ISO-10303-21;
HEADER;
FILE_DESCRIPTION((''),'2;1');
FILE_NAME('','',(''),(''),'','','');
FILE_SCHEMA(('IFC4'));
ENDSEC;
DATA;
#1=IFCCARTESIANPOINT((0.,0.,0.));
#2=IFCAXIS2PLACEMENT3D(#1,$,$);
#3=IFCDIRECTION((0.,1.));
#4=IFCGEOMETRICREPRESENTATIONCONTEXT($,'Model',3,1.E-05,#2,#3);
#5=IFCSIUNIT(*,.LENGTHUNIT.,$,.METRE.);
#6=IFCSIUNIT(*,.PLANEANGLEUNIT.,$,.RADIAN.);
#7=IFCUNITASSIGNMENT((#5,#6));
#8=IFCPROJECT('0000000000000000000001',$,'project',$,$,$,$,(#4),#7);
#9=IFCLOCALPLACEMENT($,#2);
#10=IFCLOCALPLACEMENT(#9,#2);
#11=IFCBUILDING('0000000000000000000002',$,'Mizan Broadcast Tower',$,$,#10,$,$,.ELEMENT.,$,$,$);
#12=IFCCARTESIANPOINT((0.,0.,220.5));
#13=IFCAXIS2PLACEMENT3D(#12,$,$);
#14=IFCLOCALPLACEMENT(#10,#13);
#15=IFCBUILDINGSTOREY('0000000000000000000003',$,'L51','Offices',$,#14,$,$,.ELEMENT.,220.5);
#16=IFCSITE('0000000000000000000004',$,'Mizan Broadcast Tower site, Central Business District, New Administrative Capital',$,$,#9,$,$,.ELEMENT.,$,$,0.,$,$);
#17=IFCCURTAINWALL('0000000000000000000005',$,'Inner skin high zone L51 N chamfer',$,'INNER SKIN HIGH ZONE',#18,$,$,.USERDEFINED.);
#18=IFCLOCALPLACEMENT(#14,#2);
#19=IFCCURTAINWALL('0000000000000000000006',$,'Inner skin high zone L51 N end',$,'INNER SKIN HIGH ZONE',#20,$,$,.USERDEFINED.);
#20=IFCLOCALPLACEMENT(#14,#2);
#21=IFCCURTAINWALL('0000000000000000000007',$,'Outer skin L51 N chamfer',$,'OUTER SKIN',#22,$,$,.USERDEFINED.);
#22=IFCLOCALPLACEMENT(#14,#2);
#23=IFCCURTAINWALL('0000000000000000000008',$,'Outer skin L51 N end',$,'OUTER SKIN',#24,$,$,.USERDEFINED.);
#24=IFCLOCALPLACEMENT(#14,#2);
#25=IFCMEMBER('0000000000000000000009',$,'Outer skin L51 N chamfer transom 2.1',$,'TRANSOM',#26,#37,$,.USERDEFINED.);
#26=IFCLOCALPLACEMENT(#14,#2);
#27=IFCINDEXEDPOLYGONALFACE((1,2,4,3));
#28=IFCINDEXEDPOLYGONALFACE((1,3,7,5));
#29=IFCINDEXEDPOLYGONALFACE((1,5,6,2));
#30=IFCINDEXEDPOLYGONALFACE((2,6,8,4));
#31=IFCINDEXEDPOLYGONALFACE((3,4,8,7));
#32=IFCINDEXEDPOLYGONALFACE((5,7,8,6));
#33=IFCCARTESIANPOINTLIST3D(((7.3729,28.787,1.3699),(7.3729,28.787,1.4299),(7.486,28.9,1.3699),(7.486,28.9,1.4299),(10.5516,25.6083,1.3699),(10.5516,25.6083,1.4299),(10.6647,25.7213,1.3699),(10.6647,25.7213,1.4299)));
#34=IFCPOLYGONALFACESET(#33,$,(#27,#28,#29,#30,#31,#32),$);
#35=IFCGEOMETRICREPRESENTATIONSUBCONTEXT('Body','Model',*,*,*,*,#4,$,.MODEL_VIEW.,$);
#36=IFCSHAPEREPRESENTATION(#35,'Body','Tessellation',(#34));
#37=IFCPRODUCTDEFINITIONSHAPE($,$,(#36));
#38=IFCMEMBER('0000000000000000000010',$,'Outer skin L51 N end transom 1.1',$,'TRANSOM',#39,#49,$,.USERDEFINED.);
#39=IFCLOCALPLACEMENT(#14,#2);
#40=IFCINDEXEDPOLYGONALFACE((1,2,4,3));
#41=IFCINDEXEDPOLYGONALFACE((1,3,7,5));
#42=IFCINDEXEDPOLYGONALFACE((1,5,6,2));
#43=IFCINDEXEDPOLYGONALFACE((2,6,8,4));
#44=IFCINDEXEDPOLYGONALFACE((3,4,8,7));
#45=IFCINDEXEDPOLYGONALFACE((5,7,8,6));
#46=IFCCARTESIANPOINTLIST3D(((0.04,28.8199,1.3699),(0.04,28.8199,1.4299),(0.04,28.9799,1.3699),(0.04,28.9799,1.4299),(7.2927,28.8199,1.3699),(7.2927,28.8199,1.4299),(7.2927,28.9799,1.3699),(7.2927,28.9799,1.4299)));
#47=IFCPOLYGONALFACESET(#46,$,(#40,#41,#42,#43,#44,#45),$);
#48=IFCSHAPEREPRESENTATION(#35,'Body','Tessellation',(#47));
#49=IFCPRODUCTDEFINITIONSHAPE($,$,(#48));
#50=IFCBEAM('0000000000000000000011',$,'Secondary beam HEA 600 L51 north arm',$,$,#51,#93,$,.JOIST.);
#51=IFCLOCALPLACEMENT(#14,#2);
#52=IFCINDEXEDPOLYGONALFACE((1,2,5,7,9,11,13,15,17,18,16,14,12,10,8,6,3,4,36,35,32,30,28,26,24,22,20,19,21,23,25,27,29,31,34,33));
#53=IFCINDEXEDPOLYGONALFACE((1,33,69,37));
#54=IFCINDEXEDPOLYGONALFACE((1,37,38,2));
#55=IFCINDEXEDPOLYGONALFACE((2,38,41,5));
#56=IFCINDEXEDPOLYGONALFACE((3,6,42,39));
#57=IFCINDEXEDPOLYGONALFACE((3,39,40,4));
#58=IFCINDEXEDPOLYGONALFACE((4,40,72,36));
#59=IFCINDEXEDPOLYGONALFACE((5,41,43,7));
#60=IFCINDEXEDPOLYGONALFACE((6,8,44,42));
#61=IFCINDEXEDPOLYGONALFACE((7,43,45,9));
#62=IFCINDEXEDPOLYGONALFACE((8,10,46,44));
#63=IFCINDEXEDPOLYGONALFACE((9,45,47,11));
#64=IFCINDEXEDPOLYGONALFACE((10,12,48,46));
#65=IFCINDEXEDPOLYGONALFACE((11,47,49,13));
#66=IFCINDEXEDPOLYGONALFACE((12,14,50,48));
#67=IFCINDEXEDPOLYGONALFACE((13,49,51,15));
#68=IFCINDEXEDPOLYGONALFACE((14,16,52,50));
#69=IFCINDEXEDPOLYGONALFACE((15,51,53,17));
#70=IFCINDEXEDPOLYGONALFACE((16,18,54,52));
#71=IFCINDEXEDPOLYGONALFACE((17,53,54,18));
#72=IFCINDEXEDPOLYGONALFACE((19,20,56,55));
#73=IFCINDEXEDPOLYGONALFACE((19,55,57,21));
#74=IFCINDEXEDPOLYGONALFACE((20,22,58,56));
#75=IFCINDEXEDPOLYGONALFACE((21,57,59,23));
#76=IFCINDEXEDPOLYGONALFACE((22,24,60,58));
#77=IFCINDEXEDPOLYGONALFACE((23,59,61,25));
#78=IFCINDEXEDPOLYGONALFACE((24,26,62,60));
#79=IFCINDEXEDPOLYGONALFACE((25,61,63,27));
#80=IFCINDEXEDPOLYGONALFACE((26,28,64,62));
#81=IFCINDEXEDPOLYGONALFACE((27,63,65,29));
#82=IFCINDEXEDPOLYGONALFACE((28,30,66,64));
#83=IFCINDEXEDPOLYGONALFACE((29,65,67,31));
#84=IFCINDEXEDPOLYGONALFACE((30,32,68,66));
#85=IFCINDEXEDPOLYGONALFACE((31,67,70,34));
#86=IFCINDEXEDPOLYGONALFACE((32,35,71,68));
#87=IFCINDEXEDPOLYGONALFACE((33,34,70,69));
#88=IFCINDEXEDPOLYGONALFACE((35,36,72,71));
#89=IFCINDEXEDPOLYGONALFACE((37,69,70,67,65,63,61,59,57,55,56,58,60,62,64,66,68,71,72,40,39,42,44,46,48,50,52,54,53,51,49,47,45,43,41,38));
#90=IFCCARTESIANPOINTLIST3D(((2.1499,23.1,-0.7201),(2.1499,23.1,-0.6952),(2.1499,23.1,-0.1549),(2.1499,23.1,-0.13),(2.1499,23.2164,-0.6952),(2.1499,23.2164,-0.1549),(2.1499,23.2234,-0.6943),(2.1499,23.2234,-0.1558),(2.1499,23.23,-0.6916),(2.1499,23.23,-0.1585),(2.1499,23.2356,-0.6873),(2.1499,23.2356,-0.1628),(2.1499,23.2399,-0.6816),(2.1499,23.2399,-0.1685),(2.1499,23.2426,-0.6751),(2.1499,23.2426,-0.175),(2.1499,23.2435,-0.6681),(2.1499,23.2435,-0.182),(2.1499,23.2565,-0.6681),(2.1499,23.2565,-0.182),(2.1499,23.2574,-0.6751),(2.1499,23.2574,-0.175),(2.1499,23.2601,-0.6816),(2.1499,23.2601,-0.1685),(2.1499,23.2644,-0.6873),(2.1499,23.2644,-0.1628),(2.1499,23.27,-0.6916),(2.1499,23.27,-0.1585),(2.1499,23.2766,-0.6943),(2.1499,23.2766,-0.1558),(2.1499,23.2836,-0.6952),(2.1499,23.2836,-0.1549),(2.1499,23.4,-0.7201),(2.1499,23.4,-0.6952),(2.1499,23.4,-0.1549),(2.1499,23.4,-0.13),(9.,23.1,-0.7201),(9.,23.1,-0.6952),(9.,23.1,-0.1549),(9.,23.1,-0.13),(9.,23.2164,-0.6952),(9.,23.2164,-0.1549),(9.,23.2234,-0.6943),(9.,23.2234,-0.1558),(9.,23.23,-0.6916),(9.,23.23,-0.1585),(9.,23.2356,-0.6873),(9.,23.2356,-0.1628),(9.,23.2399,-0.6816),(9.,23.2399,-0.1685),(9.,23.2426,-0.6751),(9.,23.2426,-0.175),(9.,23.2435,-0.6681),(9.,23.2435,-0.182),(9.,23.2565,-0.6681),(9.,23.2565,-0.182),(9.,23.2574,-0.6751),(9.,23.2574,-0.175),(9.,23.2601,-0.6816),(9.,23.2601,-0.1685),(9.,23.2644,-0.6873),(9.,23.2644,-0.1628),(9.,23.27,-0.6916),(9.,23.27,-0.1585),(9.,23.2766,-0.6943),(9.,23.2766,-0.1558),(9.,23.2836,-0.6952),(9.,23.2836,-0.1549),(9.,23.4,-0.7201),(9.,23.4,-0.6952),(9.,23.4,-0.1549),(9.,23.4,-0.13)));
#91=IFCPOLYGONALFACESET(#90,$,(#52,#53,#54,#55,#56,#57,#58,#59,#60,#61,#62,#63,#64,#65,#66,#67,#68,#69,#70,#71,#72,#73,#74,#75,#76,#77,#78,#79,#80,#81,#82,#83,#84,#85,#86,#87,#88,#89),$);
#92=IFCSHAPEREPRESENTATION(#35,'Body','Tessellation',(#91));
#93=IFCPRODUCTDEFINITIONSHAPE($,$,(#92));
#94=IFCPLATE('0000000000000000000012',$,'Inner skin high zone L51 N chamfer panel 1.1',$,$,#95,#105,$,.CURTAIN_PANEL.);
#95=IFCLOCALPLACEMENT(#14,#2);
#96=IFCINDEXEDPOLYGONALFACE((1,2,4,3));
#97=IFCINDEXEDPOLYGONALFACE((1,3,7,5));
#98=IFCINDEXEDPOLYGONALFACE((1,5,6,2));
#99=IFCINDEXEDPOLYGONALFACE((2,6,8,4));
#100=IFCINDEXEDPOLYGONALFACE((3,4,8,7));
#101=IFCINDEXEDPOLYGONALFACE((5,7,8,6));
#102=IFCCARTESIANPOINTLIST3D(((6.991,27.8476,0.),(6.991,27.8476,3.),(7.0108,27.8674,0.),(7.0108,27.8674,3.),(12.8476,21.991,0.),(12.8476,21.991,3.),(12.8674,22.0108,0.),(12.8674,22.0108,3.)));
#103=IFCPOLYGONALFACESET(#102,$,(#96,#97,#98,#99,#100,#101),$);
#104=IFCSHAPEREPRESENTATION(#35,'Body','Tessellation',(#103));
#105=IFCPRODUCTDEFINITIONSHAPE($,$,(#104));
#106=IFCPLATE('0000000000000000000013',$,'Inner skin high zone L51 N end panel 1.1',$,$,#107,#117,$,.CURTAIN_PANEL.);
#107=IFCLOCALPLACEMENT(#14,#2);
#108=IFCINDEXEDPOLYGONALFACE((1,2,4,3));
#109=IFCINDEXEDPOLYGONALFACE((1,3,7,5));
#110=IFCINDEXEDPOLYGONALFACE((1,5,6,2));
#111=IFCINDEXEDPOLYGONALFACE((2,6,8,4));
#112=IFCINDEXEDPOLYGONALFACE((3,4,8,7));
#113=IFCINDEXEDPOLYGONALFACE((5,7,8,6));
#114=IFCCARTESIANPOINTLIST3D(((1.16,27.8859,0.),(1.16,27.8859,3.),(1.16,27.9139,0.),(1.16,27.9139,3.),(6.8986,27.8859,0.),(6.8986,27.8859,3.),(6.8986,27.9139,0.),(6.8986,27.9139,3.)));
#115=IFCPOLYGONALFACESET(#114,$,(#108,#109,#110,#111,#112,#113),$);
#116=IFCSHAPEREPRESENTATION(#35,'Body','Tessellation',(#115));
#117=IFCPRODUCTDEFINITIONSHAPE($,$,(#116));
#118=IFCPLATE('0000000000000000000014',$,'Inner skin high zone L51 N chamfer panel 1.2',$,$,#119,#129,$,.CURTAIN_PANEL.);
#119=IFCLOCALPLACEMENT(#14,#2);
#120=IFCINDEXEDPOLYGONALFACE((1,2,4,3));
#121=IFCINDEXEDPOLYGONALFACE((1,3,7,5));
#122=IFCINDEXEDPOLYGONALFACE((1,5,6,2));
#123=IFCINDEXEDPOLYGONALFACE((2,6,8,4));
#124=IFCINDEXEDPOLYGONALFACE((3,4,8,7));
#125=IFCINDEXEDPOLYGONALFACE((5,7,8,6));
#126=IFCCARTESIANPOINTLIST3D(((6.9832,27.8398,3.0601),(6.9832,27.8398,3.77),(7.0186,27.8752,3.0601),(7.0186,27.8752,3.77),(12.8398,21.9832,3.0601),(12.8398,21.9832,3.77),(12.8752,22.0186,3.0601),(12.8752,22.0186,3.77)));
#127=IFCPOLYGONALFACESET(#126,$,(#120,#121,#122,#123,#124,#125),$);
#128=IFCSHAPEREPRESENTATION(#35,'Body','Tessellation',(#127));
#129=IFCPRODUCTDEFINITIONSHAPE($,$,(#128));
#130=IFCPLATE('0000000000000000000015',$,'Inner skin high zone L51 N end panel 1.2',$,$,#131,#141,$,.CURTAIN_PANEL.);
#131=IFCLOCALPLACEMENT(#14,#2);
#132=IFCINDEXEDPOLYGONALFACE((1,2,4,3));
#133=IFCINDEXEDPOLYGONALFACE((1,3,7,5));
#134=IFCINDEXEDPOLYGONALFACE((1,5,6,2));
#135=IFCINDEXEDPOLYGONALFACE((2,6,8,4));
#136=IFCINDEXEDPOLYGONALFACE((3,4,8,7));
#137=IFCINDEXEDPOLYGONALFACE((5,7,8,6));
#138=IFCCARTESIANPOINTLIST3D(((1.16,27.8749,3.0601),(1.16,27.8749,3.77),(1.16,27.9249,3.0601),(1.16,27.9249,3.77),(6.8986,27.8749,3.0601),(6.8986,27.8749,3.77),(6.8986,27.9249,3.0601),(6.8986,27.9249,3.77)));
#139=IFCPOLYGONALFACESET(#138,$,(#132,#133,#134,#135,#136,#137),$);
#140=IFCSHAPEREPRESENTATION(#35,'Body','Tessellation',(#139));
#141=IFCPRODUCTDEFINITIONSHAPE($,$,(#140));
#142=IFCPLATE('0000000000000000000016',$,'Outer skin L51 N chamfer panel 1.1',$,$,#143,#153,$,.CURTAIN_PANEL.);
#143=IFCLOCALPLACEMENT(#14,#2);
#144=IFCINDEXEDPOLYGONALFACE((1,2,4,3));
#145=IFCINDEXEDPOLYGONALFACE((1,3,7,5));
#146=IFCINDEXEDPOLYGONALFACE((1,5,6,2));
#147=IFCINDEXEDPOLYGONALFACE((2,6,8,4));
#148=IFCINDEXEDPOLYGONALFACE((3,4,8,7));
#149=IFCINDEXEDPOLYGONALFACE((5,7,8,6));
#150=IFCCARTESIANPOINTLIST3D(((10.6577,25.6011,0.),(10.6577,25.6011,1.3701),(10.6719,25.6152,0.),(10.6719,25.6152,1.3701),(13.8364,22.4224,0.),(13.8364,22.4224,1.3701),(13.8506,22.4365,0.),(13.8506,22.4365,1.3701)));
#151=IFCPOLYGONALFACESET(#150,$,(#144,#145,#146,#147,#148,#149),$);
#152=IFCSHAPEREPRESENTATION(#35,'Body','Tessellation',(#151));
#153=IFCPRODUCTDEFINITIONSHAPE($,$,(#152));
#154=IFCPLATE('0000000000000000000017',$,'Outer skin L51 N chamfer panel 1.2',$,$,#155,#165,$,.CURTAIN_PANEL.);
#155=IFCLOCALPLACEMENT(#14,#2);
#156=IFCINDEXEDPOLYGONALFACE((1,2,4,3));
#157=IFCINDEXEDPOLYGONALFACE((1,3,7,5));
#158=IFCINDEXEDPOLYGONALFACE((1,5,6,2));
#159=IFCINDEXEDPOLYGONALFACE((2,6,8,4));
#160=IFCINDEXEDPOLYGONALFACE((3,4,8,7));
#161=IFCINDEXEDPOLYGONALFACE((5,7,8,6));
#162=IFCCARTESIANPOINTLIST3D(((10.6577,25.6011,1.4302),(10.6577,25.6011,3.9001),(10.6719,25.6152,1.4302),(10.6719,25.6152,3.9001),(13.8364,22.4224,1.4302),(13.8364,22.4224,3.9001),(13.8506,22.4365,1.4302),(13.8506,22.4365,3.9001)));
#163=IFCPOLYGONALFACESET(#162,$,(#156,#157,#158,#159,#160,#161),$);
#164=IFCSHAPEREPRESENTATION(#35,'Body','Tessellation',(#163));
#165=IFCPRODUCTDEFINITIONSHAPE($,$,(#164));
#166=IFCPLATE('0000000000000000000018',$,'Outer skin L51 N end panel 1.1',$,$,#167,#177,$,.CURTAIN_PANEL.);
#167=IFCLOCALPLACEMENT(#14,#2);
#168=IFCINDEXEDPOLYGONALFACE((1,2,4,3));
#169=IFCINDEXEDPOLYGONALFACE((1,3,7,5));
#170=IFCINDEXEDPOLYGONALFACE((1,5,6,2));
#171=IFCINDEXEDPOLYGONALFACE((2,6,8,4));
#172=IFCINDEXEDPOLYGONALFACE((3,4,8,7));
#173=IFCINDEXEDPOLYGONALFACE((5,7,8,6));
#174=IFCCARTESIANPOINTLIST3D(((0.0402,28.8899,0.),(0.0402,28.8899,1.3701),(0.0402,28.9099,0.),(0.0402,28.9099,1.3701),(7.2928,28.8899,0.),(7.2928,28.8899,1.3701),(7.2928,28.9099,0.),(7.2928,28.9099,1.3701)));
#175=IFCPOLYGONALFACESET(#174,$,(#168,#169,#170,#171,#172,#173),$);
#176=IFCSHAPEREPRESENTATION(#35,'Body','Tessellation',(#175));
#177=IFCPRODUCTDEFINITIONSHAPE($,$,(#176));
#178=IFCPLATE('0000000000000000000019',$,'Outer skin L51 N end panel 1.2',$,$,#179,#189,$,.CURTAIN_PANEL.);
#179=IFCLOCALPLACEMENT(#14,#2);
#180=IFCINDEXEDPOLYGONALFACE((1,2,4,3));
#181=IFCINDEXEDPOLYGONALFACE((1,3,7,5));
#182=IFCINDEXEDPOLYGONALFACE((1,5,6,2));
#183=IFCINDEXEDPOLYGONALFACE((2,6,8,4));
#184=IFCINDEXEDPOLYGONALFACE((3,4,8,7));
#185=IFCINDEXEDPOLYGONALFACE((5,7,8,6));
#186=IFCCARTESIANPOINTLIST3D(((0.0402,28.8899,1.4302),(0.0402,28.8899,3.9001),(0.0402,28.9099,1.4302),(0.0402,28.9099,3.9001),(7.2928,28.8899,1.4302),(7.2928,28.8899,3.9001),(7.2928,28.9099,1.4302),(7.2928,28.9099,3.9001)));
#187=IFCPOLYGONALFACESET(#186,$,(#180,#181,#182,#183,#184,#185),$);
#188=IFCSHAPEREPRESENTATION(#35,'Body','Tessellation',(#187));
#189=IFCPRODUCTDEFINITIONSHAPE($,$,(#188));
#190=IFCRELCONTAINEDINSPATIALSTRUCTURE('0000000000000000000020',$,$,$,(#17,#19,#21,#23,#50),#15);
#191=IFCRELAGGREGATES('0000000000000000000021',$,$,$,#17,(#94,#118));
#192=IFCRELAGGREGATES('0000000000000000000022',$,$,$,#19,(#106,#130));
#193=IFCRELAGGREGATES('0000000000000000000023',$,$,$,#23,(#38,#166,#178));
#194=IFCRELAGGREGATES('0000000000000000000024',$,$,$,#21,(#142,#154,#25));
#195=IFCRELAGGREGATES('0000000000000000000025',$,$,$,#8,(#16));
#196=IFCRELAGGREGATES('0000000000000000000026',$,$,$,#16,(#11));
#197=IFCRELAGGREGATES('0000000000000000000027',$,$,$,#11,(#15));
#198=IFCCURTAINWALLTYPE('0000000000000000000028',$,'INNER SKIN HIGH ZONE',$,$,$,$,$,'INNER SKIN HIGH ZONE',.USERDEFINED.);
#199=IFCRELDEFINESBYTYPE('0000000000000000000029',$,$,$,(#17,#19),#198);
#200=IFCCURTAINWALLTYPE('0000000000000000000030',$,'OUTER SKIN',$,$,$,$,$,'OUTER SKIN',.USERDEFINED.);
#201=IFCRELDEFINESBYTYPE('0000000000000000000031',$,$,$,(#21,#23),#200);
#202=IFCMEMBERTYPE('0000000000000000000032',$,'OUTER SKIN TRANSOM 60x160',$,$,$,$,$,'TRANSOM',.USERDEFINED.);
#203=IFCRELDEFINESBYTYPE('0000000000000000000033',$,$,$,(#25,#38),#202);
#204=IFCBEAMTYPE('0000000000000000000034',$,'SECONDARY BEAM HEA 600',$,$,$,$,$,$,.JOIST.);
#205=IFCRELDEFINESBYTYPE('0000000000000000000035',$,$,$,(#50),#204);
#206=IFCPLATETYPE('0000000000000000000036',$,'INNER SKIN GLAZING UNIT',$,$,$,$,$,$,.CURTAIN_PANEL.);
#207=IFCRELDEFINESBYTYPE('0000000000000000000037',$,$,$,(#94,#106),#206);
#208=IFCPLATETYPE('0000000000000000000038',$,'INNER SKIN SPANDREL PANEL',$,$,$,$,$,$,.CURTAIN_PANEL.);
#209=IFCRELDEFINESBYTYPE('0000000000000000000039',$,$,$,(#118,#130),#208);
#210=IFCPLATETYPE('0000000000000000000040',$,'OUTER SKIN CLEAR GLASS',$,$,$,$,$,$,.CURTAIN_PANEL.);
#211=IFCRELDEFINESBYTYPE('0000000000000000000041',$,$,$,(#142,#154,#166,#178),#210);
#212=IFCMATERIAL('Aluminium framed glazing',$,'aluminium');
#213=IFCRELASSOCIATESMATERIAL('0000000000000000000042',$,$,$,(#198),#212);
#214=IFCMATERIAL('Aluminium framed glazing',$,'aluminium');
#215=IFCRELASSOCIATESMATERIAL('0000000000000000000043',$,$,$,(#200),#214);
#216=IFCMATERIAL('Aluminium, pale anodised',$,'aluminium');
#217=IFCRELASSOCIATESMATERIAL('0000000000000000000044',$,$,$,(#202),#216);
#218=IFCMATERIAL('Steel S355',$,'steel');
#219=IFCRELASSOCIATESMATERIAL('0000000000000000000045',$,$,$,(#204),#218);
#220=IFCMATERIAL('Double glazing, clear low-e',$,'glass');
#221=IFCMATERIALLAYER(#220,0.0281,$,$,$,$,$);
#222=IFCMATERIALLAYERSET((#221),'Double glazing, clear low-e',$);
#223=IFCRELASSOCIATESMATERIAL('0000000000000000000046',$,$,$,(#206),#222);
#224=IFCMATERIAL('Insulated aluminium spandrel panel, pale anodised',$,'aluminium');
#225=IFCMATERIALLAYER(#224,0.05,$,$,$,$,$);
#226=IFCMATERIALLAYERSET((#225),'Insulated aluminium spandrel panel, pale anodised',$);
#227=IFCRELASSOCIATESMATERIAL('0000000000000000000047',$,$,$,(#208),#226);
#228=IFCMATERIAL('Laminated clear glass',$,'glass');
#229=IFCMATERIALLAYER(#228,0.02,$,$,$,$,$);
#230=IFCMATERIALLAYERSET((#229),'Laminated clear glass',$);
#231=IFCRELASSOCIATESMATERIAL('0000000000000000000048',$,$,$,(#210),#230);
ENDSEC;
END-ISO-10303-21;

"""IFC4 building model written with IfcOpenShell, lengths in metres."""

from ifc_helpers import new_model, si_unit, direction, frame, origin, origin_2d, place, context, subcontext, project, spatial, rectangle, i_section, extrude, material, layer, layer_set, material_profile, profile_set, type_object, element, aggregate, save


model = new_model("IFC4")

# Units and contexts
model_context = context("Model", 3, precision=1e-05, world=origin(), true_north=direction((0.0, 1.0)))
body_context = subcontext(model_context, "Body", "Model", "MODEL_VIEW")
ifc_project = project(units=[si_unit("LENGTHUNIT", "METRE"), si_unit("PLANEANGLEUNIT", "RADIAN")], contexts=[model_context])

# Site, building, storey
site_placement = place(None, origin())
site = spatial("IfcSite", under=ifc_project, at=site_placement, Name="Mizan Broadcast Tower site, Central Business District, New Administrative Capital", CompositionType="ELEMENT", RefElevation=0.0)
building_placement = place(site_placement, origin())
building = spatial("IfcBuilding", under=site, at=building_placement, Name="Mizan Broadcast Tower", CompositionType="ELEMENT")
storey_placement = place(building_placement, frame((0.0, 0.0, 220.5)))
storey = spatial("IfcBuildingStorey", under=building, at=storey_placement, Name="L51", Description="Offices", CompositionType="ELEMENT", Elevation=220.5)

# Curtain walls
ifc_material_1 = material(Name="Aluminium framed glazing", Category="aluminium")
curtain_wall_type_1 = type_object("IfcCurtainWallType", Name="INNER SKIN HIGH ZONE", ElementType="INNER SKIN HIGH ZONE", PredefinedType="USERDEFINED", material=ifc_material_1)
curtain_wall_1_placement = place(storey_placement, origin())
curtain_wall_1 = element("IfcCurtainWall", 1, at=curtain_wall_1_placement, inside=storey, type_object=curtain_wall_type_1, Name="Inner skin high zone L51 N chamfer", ObjectType="INNER SKIN HIGH ZONE", PredefinedType="USERDEFINED")
curtain_wall_2_placement = place(storey_placement, origin())
curtain_wall_2 = element("IfcCurtainWall", 2, at=curtain_wall_2_placement, inside=storey, type_object=curtain_wall_type_1, Name="Inner skin high zone L51 N end", ObjectType="INNER SKIN HIGH ZONE", PredefinedType="USERDEFINED")

# Curtain wall
ifc_material_2 = material(Name="Aluminium framed glazing", Category="aluminium")
curtain_wall_type_2 = type_object("IfcCurtainWallType", Name="OUTER SKIN", ElementType="OUTER SKIN", PredefinedType="USERDEFINED", material=ifc_material_2)
curtain_wall_3_placement = place(storey_placement, origin())
curtain_wall_3 = element("IfcCurtainWall", 3, at=curtain_wall_3_placement, inside=storey, type_object=curtain_wall_type_2, Name="Outer skin L51 N chamfer", ObjectType="OUTER SKIN", PredefinedType="USERDEFINED")

# Curtain wall
curtain_wall_4_placement = place(storey_placement, origin())
curtain_wall_4 = element("IfcCurtainWall", 4, at=curtain_wall_4_placement, inside=storey, type_object=curtain_wall_type_2, Name="Outer skin L51 N end", ObjectType="OUTER SKIN", PredefinedType="USERDEFINED")

# Members
ifc_material_3 = material(Name="Aluminium, pale anodised", Category="aluminium")
ifc_material_profile_1 = material_profile(ifc_material_3, rectangle(XDim=0.1599, YDim=0.0601, at=origin_2d()), Name="TRANSOM 160x60")
ifc_profile_set_1 = profile_set([ifc_material_profile_1], Name="Aluminium, pale anodised")
member_type_1 = type_object("IfcMemberType", Name="OUTER SKIN TRANSOM 60x160", ElementType="TRANSOM", PredefinedType="USERDEFINED", material=ifc_profile_set_1)
member_1_placement = place(storey_placement, frame((10.6082, 25.6648, 1.3999), z_axis=(-0.707107, 0.707107, 0.0), x_axis=(-0.707107, -0.707107, 0.0)))
member_1 = element("IfcMember", 5, at=member_1_placement, type_object=member_type_1, Name="Outer skin L51 N chamfer transom 2.1", ObjectType="TRANSOM", PredefinedType="USERDEFINED", context=body_context, shape_type="SweptSolid", body=[
    extrude(rectangle(XDim=0.1599, YDim=0.0601, at=origin_2d()), origin(), (0.0, 0.0, 1.0), 4.4954),
])
member_2_placement = place(storey_placement, frame((7.2927, 28.8999, 1.3999), z_axis=(-1.0, 0.0, 0.0), x_axis=(0.0, -1.0, 0.0)))
member_2 = element("IfcMember", 6, at=member_2_placement, type_object=member_type_1, Name="Outer skin L51 N end transom 1.1", ObjectType="TRANSOM", PredefinedType="USERDEFINED", context=body_context, shape_type="SweptSolid", body=[
    extrude(rectangle(XDim=0.1599, YDim=0.0601, at=origin_2d()), origin(), (0.0, 0.0, 1.0), 7.2527),
])

# Beam
ifc_material_4 = material(Name="Steel S355", Category="steel")
ifc_material_profile_2 = material_profile(ifc_material_4, i_section(OverallWidth=0.3, OverallDepth=0.5901, WebThickness=0.0129, FlangeThickness=0.0249, FilletRadius=0.0271, at=origin_2d()), Name="HEA 600")
ifc_profile_set_2 = profile_set([ifc_material_profile_2], Name="Steel S355")
beam_type_1 = type_object("IfcBeamType", Name="SECONDARY BEAM HEA 600", PredefinedType="JOIST", material=ifc_profile_set_2)
beam_1_placement = place(storey_placement, frame((9.0, 23.25, -0.425), z_axis=(-1.0, 0.0, 0.0), x_axis=(0.0, -1.0, 0.0)))
element("IfcBeam", 7, at=beam_1_placement, inside=storey, type_object=beam_type_1, Name="Secondary beam HEA 600 L51 north arm", PredefinedType="JOIST", context=body_context, shape_type="SweptSolid", body=[
    extrude(i_section(OverallWidth=0.3, OverallDepth=0.5901, WebThickness=0.0129, FlangeThickness=0.0249, FilletRadius=0.0271, at=origin_2d()), origin(), (0.0, 0.0, 1.0), 6.8501),
])

# Plates
ifc_material_5 = material(Name="Double glazing, clear low-e", Category="glass")
ifc_layer_1 = layer(ifc_material_5, 0.0281)
ifc_layer_set_1 = layer_set([ifc_layer_1], Name="Double glazing, clear low-e")
plate_type_1 = type_object("IfcPlateType", Name="INNER SKIN GLAZING UNIT", PredefinedType="CURTAIN_PANEL", material=ifc_layer_set_1)
plate_1_placement = place(storey_placement, frame((9.9292, 24.9292, 0.0), z_axis=(0.0, 0.0, 1.0), x_axis=(-0.707107, 0.707107, 0.0)))
plate_1 = element("IfcPlate", 8, at=plate_1_placement, type_object=plate_type_1, Name="Inner skin high zone L51 N chamfer panel 1.1", PredefinedType="CURTAIN_PANEL", context=body_context, shape_type="SweptSolid", body=[
    extrude(rectangle(XDim=8.2825, YDim=0.0281, at=origin_2d()), origin(), (0.0, 0.0, 1.0), 3.0),
])
plate_2_placement = place(storey_placement, frame((4.0293, 27.8999, 0.0), z_axis=(0.0, 0.0, 1.0), x_axis=(-1.0, 0.0, 0.0)))
plate_2 = element("IfcPlate", 9, at=plate_2_placement, type_object=plate_type_1, Name="Inner skin high zone L51 N end panel 1.1", PredefinedType="CURTAIN_PANEL", context=body_context, shape_type="SweptSolid", body=[
    extrude(rectangle(XDim=5.7385, YDim=0.0281, at=origin_2d()), origin(), (0.0, 0.0, 1.0), 3.0),
])
ifc_material_6 = material(Name="Insulated aluminium spandrel panel, pale anodised", Category="aluminium")
ifc_layer_2 = layer(ifc_material_6, 0.05)
ifc_layer_set_2 = layer_set([ifc_layer_2], Name="Insulated aluminium spandrel panel, pale anodised")
plate_type_2 = type_object("IfcPlateType", Name="INNER SKIN SPANDREL PANEL", PredefinedType="CURTAIN_PANEL", material=ifc_layer_set_2)
plate_3_placement = place(storey_placement, frame((9.9292, 24.9292, 3.0601), z_axis=(0.0, 0.0, 1.0), x_axis=(-0.707107, 0.707107, 0.0)))
plate_3 = element("IfcPlate", 10, at=plate_3_placement, type_object=plate_type_2, Name="Inner skin high zone L51 N chamfer panel 1.2", PredefinedType="CURTAIN_PANEL", context=body_context, shape_type="SweptSolid", body=[
    extrude(rectangle(XDim=8.2825, YDim=0.05, at=origin_2d()), origin(), (0.0, 0.0, 1.0), 0.71),
])
aggregate(curtain_wall_1, [plate_1, plate_3])
plate_4_placement = place(storey_placement, frame((4.0293, 27.8999, 3.0601), z_axis=(0.0, 0.0, 1.0), x_axis=(-1.0, 0.0, 0.0)))
plate_4 = element("IfcPlate", 11, at=plate_4_placement, type_object=plate_type_2, Name="Inner skin high zone L51 N end panel 1.2", PredefinedType="CURTAIN_PANEL", context=body_context, shape_type="SweptSolid", body=[
    extrude(rectangle(XDim=5.7385, YDim=0.05, at=origin_2d()), origin(), (0.0, 0.0, 1.0), 0.71),
])
aggregate(curtain_wall_2, [plate_2, plate_4])
ifc_material_7 = material(Name="Laminated clear glass", Category="glass")
ifc_layer_3 = layer(ifc_material_7, 0.02)
ifc_layer_set_3 = layer_set([ifc_layer_3], Name="Laminated clear glass")
plate_type_3 = type_object("IfcPlateType", Name="OUTER SKIN CLEAR GLASS", PredefinedType="CURTAIN_PANEL", material=ifc_layer_set_3)
plate_5_placement = place(storey_placement, frame((12.2542, 24.0188, 0.0), z_axis=(0.0, 0.0, 1.0), x_axis=(-0.707107, 0.707107, 0.0)))
plate_5 = element("IfcPlate", 12, at=plate_5_placement, type_object=plate_type_3, Name="Outer skin L51 N chamfer panel 1.1", PredefinedType="CURTAIN_PANEL", context=body_context, shape_type="SweptSolid", body=[
    extrude(rectangle(XDim=4.4954, YDim=0.02, at=origin_2d()), origin(), (0.0, 0.0, 1.0), 1.3701),
])
plate_6_placement = place(storey_placement, frame((12.2542, 24.0188, 1.4302), z_axis=(0.0, 0.0, 1.0), x_axis=(-0.707107, 0.707107, 0.0)))
plate_6 = element("IfcPlate", 13, at=plate_6_placement, type_object=plate_type_3, Name="Outer skin L51 N chamfer panel 1.2", PredefinedType="CURTAIN_PANEL", context=body_context, shape_type="SweptSolid", body=[
    extrude(rectangle(XDim=4.4954, YDim=0.02, at=origin_2d()), origin(), (0.0, 0.0, 1.0), 2.47),
])
plate_7_placement = place(storey_placement, frame((3.6665, 28.8999, 0.0), z_axis=(0.0, 0.0, 1.0), x_axis=(-1.0, 0.0, 0.0)))
plate_7 = element("IfcPlate", 14, at=plate_7_placement, type_object=plate_type_3, Name="Outer skin L51 N end panel 1.1", PredefinedType="CURTAIN_PANEL", context=body_context, shape_type="SweptSolid", body=[
    extrude(rectangle(XDim=7.2527, YDim=0.02, at=origin_2d()), origin(), (0.0, 0.0, 1.0), 1.3701),
])
plate_8_placement = place(storey_placement, frame((3.6665, 28.8999, 1.4302), z_axis=(0.0, 0.0, 1.0), x_axis=(-1.0, 0.0, 0.0)))
plate_8 = element("IfcPlate", 15, at=plate_8_placement, type_object=plate_type_3, Name="Outer skin L51 N end panel 1.2", PredefinedType="CURTAIN_PANEL", context=body_context, shape_type="SweptSolid", body=[
    extrude(rectangle(XDim=7.2527, YDim=0.02, at=origin_2d()), origin(), (0.0, 0.0, 1.0), 2.47),
])
aggregate(curtain_wall_4, [member_2, plate_7, plate_8])
aggregate(curtain_wall_3, [plate_5, plate_6, member_1])

save(model, "model.ifc")
